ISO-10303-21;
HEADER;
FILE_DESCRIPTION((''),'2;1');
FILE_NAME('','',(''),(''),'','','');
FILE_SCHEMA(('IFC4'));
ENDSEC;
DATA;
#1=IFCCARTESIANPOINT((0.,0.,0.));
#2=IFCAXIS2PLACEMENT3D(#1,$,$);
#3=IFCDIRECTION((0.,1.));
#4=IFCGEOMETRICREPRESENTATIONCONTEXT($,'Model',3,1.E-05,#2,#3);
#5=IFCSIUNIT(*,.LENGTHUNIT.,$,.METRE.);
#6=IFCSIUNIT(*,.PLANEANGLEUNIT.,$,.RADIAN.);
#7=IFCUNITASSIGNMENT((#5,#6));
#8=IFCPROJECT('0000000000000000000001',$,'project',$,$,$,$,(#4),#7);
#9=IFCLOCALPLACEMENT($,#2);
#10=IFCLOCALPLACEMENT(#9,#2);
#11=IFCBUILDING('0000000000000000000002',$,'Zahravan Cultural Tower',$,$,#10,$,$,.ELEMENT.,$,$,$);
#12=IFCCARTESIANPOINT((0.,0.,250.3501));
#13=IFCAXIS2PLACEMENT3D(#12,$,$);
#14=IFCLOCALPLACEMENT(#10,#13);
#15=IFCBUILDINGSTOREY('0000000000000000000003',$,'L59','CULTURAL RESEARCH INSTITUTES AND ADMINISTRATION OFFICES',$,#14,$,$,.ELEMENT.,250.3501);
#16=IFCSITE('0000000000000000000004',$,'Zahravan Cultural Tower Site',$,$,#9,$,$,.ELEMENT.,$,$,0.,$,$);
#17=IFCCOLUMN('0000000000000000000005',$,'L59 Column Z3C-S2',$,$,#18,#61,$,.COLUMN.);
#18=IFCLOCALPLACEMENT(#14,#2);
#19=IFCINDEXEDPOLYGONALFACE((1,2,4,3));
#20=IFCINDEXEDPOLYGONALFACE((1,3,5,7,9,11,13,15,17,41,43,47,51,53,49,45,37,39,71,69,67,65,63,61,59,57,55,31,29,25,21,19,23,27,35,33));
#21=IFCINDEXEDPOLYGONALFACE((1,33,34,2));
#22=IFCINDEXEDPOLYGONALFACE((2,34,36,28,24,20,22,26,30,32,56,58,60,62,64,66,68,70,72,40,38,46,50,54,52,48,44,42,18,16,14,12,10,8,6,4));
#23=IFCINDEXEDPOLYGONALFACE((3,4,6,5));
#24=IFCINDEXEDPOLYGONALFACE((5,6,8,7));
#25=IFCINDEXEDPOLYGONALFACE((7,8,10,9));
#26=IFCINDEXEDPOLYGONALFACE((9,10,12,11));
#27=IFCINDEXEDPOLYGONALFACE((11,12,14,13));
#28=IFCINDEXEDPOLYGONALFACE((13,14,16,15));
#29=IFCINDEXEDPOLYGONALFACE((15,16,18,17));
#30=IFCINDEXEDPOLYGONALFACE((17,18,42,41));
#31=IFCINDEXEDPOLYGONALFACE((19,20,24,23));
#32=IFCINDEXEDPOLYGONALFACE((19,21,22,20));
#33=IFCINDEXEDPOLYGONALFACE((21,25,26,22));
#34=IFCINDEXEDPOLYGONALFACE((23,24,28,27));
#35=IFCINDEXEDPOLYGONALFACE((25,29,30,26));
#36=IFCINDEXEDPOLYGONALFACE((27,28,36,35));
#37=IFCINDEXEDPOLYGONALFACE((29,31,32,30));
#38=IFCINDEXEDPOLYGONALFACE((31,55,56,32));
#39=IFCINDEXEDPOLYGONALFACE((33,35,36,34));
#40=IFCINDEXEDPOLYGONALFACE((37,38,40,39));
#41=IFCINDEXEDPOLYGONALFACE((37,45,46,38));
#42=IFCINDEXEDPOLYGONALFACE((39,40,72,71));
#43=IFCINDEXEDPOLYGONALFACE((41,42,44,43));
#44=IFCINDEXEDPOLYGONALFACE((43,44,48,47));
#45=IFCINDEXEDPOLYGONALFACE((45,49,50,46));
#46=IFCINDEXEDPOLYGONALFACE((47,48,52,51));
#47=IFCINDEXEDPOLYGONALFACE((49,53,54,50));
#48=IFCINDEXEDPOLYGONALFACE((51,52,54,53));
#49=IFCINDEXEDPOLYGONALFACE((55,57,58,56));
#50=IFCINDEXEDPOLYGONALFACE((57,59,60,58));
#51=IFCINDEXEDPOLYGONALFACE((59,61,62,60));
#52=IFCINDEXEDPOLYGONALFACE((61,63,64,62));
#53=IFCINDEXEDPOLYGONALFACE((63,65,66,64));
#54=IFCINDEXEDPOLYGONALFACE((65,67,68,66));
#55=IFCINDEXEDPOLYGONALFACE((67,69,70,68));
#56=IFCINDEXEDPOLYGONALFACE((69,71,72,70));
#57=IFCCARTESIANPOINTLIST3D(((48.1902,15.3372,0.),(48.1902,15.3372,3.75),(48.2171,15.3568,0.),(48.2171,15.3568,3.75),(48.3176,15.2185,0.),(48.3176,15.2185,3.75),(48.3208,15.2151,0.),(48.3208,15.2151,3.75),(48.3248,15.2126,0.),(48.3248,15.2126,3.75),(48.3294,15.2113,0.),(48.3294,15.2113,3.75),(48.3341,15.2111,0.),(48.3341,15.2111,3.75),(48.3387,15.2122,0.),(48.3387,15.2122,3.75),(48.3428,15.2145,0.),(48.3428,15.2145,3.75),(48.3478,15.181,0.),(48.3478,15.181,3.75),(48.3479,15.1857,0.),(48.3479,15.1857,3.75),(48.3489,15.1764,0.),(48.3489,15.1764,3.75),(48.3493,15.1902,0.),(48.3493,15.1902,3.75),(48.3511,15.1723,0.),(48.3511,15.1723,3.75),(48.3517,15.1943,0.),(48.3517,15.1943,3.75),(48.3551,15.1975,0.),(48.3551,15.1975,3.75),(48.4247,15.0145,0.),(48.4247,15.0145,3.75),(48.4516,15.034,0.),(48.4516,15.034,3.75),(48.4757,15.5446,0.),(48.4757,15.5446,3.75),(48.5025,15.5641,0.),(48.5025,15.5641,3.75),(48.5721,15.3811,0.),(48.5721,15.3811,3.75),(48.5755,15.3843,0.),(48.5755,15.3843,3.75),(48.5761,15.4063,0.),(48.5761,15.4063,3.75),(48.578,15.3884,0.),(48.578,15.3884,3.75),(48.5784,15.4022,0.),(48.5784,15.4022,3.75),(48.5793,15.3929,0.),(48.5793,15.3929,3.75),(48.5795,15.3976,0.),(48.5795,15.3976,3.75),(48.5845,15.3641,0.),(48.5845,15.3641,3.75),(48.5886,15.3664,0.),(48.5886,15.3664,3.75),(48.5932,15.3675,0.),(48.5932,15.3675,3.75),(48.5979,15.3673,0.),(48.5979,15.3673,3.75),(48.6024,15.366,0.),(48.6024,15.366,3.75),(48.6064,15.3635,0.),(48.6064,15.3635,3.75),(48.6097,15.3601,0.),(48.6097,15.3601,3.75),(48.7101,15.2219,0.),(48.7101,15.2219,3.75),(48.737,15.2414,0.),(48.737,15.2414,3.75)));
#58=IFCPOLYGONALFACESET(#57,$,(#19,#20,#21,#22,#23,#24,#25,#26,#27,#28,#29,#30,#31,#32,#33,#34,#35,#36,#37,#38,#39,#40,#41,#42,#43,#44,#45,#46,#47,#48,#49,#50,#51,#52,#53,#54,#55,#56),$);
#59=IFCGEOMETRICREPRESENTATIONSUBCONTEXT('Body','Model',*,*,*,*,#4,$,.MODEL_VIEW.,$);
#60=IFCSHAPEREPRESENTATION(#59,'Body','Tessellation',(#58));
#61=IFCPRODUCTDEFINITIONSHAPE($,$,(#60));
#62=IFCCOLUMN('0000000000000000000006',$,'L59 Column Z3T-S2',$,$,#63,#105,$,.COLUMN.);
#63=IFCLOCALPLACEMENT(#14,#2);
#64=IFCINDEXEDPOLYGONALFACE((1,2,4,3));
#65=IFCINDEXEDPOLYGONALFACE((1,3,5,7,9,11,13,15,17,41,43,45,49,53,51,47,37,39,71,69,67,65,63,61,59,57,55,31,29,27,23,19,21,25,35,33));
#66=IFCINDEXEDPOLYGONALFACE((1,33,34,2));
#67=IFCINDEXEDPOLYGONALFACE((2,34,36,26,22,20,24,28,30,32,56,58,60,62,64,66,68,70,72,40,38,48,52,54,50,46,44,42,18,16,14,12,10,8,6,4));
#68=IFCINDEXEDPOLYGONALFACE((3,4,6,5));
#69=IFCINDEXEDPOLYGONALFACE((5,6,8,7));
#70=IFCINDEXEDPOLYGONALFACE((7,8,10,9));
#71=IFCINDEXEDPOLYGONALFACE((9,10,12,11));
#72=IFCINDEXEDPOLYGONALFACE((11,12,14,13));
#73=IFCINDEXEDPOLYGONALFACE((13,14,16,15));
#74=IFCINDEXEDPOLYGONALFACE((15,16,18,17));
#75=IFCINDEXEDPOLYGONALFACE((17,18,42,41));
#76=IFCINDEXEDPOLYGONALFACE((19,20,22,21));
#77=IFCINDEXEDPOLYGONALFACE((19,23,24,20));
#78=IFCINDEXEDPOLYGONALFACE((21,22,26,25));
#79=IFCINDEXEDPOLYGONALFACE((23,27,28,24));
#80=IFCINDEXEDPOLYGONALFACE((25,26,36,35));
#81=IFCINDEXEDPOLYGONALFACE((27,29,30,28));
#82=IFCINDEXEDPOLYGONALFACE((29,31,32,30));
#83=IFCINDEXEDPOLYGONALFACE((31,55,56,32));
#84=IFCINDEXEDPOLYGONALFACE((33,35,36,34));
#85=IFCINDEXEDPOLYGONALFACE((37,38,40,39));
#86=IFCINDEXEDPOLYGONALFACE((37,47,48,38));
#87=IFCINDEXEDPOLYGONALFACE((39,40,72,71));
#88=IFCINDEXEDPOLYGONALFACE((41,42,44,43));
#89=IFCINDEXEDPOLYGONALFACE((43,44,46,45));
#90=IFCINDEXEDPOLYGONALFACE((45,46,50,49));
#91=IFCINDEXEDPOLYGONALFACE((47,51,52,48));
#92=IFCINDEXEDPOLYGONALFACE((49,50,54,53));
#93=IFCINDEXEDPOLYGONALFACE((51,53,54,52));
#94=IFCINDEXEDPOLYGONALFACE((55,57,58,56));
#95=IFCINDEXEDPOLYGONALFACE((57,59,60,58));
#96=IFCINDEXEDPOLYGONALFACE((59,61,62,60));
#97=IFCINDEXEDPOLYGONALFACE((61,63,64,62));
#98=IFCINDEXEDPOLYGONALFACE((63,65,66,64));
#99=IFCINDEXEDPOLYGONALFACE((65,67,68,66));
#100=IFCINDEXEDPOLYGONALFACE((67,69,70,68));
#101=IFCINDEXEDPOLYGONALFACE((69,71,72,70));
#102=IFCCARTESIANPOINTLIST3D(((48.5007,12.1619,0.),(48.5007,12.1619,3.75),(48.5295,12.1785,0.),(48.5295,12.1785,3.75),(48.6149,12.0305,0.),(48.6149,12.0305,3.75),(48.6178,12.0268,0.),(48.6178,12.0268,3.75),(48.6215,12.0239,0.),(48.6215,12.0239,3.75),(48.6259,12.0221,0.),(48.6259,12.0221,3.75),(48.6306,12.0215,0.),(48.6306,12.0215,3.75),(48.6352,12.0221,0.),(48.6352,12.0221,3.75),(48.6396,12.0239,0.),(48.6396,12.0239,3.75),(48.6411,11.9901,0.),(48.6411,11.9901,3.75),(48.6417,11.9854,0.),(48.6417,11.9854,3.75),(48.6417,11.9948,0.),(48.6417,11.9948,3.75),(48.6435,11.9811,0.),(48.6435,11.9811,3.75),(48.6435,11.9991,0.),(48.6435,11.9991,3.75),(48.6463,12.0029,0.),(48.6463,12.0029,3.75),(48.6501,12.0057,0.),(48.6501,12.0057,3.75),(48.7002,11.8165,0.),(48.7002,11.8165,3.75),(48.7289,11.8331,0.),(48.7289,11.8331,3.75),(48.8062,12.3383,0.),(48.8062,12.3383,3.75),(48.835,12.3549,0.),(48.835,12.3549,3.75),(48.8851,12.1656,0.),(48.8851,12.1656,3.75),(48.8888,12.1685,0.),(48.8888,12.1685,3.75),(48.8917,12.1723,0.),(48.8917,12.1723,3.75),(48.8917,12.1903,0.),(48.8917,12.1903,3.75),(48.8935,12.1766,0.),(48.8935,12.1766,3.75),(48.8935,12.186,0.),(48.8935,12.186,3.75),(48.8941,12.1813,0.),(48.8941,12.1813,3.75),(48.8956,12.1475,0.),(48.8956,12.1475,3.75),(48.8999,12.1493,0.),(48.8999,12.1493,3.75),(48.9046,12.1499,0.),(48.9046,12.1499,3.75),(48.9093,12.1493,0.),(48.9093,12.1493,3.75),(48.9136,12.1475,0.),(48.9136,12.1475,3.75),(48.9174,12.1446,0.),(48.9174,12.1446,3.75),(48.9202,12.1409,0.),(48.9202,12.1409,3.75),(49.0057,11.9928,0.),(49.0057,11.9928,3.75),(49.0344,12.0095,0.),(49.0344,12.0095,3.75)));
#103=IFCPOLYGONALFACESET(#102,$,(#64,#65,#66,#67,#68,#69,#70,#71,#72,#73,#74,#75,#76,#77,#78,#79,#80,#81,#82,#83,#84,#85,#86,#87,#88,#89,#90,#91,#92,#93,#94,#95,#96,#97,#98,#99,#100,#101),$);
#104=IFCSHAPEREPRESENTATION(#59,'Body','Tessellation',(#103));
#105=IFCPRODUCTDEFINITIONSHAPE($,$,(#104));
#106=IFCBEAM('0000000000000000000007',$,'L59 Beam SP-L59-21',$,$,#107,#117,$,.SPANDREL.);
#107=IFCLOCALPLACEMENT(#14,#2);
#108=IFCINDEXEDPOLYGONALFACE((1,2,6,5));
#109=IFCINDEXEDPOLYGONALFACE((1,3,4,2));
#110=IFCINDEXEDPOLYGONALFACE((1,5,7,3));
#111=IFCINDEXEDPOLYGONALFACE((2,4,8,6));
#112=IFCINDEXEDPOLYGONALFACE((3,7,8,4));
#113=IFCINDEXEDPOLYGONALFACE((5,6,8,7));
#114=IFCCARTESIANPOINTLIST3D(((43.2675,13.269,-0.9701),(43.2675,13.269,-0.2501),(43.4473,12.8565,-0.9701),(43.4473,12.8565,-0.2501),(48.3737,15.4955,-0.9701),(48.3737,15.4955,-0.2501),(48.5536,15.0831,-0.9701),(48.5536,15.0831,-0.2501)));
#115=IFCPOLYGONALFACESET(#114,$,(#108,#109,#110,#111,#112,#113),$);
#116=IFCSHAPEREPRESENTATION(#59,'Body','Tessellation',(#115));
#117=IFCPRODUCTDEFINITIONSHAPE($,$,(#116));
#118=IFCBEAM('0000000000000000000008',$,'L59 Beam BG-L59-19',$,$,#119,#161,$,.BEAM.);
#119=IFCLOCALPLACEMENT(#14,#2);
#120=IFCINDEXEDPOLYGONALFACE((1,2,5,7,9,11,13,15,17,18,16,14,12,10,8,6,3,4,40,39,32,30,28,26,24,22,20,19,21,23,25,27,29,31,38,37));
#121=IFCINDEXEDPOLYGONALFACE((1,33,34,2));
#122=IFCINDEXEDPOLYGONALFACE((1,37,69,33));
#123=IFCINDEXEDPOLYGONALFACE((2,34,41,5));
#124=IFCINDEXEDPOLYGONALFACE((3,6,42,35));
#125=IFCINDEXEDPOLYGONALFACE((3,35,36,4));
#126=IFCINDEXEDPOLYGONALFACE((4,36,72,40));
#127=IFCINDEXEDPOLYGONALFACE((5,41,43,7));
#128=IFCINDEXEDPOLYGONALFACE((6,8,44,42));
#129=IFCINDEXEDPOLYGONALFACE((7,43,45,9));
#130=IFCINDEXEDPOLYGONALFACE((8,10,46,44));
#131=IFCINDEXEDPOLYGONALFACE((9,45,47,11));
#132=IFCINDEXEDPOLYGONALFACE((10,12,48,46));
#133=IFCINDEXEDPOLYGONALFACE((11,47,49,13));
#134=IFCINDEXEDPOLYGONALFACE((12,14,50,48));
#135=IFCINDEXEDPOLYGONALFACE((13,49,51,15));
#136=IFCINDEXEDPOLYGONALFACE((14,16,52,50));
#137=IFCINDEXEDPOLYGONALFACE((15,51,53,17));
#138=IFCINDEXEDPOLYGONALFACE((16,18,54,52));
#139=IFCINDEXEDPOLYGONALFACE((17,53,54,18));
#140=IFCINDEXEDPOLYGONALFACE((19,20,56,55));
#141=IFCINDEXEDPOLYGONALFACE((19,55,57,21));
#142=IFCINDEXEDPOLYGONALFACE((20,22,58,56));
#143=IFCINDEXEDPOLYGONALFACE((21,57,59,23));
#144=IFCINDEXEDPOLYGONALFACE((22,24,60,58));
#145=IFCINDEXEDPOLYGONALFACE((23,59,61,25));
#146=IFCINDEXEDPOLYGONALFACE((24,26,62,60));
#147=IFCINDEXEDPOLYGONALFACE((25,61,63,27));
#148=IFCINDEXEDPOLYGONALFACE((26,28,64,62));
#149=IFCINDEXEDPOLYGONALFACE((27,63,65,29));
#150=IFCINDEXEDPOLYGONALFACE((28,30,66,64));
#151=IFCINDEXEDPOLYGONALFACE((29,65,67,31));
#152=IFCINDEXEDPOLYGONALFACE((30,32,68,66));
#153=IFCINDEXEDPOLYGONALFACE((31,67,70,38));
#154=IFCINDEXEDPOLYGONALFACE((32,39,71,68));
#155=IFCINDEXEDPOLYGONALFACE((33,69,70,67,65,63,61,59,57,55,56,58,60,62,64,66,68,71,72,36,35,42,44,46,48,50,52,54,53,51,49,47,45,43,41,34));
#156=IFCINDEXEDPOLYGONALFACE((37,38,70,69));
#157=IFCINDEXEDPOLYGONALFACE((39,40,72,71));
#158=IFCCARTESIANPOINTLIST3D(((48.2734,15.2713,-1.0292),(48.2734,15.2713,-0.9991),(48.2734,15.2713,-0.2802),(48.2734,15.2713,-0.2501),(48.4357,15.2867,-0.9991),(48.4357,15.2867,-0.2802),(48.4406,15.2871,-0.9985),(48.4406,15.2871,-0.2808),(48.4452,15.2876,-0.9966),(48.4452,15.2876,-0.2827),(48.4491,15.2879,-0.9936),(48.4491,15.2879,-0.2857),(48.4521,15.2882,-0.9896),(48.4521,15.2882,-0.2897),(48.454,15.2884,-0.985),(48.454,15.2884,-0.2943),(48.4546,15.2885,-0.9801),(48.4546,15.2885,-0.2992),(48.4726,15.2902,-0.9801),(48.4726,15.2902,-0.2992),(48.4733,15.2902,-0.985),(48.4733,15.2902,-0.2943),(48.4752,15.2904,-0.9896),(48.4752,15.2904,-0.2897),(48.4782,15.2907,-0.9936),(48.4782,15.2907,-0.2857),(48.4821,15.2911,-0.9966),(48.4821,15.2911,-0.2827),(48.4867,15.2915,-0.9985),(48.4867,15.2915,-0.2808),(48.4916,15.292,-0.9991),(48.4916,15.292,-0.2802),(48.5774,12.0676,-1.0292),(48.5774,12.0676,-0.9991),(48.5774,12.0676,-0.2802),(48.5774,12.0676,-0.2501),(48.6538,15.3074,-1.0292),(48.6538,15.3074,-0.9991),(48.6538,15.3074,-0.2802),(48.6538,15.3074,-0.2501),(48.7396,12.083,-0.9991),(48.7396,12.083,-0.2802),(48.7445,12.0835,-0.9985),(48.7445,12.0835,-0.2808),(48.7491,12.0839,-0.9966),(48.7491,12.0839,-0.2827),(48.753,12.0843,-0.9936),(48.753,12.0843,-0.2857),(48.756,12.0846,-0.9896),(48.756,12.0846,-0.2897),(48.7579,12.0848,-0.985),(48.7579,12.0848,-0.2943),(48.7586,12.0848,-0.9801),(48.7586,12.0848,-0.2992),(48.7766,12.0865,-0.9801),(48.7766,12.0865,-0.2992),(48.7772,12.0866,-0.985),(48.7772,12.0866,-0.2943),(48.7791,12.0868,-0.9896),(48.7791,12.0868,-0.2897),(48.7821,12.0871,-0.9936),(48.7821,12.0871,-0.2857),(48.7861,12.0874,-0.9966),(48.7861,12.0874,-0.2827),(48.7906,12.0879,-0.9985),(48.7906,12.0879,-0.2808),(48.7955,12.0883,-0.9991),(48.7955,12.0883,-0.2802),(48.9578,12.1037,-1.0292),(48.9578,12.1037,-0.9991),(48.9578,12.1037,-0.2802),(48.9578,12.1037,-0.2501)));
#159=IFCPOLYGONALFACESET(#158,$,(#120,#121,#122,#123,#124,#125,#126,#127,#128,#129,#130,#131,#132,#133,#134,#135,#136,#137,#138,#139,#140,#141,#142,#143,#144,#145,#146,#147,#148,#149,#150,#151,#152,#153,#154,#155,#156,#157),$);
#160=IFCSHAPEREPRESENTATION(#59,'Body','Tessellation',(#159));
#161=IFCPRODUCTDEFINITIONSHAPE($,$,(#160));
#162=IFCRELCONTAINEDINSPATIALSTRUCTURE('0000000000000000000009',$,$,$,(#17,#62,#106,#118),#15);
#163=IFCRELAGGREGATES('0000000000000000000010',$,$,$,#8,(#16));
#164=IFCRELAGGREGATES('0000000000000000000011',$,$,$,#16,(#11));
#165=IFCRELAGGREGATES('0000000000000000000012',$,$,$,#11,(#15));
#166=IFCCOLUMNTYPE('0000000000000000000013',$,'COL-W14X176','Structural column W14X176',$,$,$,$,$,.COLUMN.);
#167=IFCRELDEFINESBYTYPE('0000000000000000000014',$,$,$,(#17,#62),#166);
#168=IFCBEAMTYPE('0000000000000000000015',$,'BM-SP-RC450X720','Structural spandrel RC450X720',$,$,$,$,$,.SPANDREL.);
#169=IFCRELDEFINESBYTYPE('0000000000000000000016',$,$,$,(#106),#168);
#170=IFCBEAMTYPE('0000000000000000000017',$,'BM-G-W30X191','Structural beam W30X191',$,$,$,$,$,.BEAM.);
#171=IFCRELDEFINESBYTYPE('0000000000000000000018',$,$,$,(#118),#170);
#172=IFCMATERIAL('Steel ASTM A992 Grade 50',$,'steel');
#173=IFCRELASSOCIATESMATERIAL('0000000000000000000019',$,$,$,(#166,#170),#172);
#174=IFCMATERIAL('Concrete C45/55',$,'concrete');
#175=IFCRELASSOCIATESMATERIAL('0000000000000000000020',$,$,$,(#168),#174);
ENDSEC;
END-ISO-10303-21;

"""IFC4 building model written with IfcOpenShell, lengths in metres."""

from ifc_helpers import new_model, si_unit, direction, frame, origin, origin_2d, place, context, subcontext, project, spatial, rectangle, i_section, extrude, source, transform, mapped, material, material_profile, profile_set, type_object, element, save


model = new_model("IFC4")

# Units and contexts
model_context = context("Model", 3, precision=1e-05, world=origin(), true_north=direction((0.0, 1.0)))
body_context = subcontext(model_context, "Body", "Model", "MODEL_VIEW")
ifc_project = project(units=[si_unit("LENGTHUNIT", "METRE"), si_unit("PLANEANGLEUNIT", "RADIAN")], contexts=[model_context])

# Site, building, storey
site_placement = place(None, origin())
site = spatial("IfcSite", under=ifc_project, at=site_placement, Name="Zahravan Cultural Tower Site", CompositionType="ELEMENT", RefElevation=0.0)
building_placement = place(site_placement, origin())
building = spatial("IfcBuilding", under=site, at=building_placement, Name="Zahravan Cultural Tower", CompositionType="ELEMENT")
storey_placement = place(building_placement, frame((0.0, 0.0, 250.3501)))
storey = spatial("IfcBuildingStorey", under=building, at=storey_placement, Name="L59", Description="CULTURAL RESEARCH INSTITUTES AND ADMINISTRATION OFFICES", CompositionType="ELEMENT", Elevation=250.3501)

# Columns
ifc_material_1 = material(Name="Steel ASTM A992 Grade 50", Category="steel")
ifc_material_profile_1 = material_profile(ifc_material_1, i_section(OverallWidth=0.3989, OverallDepth=0.386, WebThickness=0.021, FlangeThickness=0.0332, FilletRadius=0.0181, at=origin_2d()), Name="W14X176")
ifc_profile_set_1 = profile_set([ifc_material_profile_1], Name="Steel ASTM A992 Grade 50")
column_type = type_object("IfcColumnType", Name="COL-W14X176", Description="Structural column W14X176", PredefinedType="COLUMN", material=ifc_profile_set_1)
shared_shape_1 = source(origin(), body_context, "Body", "SweptSolid", [
    extrude(i_section(OverallWidth=0.3989, OverallDepth=0.386, WebThickness=0.021, FlangeThickness=0.0332, FilletRadius=0.0181, at=origin_2d()), origin(), (0.0, 0.0, 1.0), 3.75),
])
for number, where, z_axis, x_axis, name in (
    (1, (48.4636, 15.2893, 0.0), (0.0, 0.0, 1.0), (-0.587785, 0.809017, 0.0), "L59 Column Z3C-S2"),
    (2, (48.7676, 12.0857, 0.0), (0.0, 0.0, 1.0), (-0.5, 0.866025, 0.0), "L59 Column Z3T-S2"),
):
    element("IfcColumn", number, at=place(storey_placement, frame(where, z_axis=z_axis, x_axis=x_axis)), inside=storey, type_object=column_type, Name=name, PredefinedType="COLUMN", context=body_context, shape_type="MappedRepresentation", body=[
        mapped(shared_shape_1, transform((0.0, 0.0, 0.0), x_axis=(1.0, 0.0, 0.0), y_axis=(0.0, 1.0, 0.0), z_axis=(0.0, 0.0, 1.0), scale=1.0)),
    ])

# Beams
ifc_material_2 = material(Name="Concrete C45/55", Category="concrete")
ifc_material_profile_2 = material_profile(ifc_material_2, rectangle(XDim=0.45, YDim=0.72, at=origin_2d()), Name="RC450X720")
ifc_profile_set_2 = profile_set([ifc_material_profile_2], Name="Concrete C45/55")
beam_type_1 = type_object("IfcBeamType", Name="BM-SP-RC450X720", Description="Structural spandrel RC450X720", PredefinedType="SPANDREL", material=ifc_profile_set_2)
shared_shape_2 = source(origin(), body_context, "Body", "SweptSolid", [
    extrude(rectangle(XDim=0.45, YDim=0.72, at=origin_2d()), origin(), (0.0, 0.0, 1.0), 5.5706),
])
beam_1_placement = place(storey_placement, frame((43.3574, 13.0627, -0.6101), z_axis=(0.916645, 0.399703, 0.0), x_axis=(-0.399703, 0.916645, 0.0)))
element("IfcBeam", 3, at=beam_1_placement, inside=storey, type_object=beam_type_1, Name="L59 Beam SP-L59-21", PredefinedType="SPANDREL", context=body_context, shape_type="MappedRepresentation", body=[
    mapped(shared_shape_2, transform((0.0, 0.0, 0.0), x_axis=(1.0, 0.0, 0.0), y_axis=(0.0, 1.0, 0.0), z_axis=(0.0, 0.0, 1.0), scale=1.0)),
])
ifc_material_profile_3 = material_profile(ifc_material_1, i_section(OverallWidth=0.3821, OverallDepth=0.7791, WebThickness=0.0181, FlangeThickness=0.03, FilletRadius=0.019, at=origin_2d()), Name="W30X191")
ifc_profile_set_3 = profile_set([ifc_material_profile_3], Name="Steel ASTM A992 Grade 50")
beam_type_2 = type_object("IfcBeamType", Name="BM-G-W30X191", Description="Structural beam W30X191", PredefinedType="BEAM", material=ifc_profile_set_3)
shared_shape_3 = source(origin(), body_context, "Body", "SweptSolid", [
    extrude(i_section(OverallWidth=0.3821, OverallDepth=0.7791, WebThickness=0.0181, FlangeThickness=0.03, FilletRadius=0.019, at=origin_2d()), origin(), (0.0, 0.0, 1.0), 3.218),
])
beam_2_placement = place(storey_placement, frame((48.4636, 15.2893, -0.6396), z_axis=(0.094455, -0.995529, 0.0), x_axis=(0.995529, 0.094455, 0.0)))
element("IfcBeam", 4, at=beam_2_placement, inside=storey, type_object=beam_type_2, Name="L59 Beam BG-L59-19", PredefinedType="BEAM", context=body_context, shape_type="MappedRepresentation", body=[
    mapped(shared_shape_3, transform((0.0, 0.0, 0.0), x_axis=(1.0, 0.0, 0.0), y_axis=(0.0, 1.0, 0.0), z_axis=(0.0, 0.0, 1.0), scale=1.0)),
])

save(model, "model.ifc")
